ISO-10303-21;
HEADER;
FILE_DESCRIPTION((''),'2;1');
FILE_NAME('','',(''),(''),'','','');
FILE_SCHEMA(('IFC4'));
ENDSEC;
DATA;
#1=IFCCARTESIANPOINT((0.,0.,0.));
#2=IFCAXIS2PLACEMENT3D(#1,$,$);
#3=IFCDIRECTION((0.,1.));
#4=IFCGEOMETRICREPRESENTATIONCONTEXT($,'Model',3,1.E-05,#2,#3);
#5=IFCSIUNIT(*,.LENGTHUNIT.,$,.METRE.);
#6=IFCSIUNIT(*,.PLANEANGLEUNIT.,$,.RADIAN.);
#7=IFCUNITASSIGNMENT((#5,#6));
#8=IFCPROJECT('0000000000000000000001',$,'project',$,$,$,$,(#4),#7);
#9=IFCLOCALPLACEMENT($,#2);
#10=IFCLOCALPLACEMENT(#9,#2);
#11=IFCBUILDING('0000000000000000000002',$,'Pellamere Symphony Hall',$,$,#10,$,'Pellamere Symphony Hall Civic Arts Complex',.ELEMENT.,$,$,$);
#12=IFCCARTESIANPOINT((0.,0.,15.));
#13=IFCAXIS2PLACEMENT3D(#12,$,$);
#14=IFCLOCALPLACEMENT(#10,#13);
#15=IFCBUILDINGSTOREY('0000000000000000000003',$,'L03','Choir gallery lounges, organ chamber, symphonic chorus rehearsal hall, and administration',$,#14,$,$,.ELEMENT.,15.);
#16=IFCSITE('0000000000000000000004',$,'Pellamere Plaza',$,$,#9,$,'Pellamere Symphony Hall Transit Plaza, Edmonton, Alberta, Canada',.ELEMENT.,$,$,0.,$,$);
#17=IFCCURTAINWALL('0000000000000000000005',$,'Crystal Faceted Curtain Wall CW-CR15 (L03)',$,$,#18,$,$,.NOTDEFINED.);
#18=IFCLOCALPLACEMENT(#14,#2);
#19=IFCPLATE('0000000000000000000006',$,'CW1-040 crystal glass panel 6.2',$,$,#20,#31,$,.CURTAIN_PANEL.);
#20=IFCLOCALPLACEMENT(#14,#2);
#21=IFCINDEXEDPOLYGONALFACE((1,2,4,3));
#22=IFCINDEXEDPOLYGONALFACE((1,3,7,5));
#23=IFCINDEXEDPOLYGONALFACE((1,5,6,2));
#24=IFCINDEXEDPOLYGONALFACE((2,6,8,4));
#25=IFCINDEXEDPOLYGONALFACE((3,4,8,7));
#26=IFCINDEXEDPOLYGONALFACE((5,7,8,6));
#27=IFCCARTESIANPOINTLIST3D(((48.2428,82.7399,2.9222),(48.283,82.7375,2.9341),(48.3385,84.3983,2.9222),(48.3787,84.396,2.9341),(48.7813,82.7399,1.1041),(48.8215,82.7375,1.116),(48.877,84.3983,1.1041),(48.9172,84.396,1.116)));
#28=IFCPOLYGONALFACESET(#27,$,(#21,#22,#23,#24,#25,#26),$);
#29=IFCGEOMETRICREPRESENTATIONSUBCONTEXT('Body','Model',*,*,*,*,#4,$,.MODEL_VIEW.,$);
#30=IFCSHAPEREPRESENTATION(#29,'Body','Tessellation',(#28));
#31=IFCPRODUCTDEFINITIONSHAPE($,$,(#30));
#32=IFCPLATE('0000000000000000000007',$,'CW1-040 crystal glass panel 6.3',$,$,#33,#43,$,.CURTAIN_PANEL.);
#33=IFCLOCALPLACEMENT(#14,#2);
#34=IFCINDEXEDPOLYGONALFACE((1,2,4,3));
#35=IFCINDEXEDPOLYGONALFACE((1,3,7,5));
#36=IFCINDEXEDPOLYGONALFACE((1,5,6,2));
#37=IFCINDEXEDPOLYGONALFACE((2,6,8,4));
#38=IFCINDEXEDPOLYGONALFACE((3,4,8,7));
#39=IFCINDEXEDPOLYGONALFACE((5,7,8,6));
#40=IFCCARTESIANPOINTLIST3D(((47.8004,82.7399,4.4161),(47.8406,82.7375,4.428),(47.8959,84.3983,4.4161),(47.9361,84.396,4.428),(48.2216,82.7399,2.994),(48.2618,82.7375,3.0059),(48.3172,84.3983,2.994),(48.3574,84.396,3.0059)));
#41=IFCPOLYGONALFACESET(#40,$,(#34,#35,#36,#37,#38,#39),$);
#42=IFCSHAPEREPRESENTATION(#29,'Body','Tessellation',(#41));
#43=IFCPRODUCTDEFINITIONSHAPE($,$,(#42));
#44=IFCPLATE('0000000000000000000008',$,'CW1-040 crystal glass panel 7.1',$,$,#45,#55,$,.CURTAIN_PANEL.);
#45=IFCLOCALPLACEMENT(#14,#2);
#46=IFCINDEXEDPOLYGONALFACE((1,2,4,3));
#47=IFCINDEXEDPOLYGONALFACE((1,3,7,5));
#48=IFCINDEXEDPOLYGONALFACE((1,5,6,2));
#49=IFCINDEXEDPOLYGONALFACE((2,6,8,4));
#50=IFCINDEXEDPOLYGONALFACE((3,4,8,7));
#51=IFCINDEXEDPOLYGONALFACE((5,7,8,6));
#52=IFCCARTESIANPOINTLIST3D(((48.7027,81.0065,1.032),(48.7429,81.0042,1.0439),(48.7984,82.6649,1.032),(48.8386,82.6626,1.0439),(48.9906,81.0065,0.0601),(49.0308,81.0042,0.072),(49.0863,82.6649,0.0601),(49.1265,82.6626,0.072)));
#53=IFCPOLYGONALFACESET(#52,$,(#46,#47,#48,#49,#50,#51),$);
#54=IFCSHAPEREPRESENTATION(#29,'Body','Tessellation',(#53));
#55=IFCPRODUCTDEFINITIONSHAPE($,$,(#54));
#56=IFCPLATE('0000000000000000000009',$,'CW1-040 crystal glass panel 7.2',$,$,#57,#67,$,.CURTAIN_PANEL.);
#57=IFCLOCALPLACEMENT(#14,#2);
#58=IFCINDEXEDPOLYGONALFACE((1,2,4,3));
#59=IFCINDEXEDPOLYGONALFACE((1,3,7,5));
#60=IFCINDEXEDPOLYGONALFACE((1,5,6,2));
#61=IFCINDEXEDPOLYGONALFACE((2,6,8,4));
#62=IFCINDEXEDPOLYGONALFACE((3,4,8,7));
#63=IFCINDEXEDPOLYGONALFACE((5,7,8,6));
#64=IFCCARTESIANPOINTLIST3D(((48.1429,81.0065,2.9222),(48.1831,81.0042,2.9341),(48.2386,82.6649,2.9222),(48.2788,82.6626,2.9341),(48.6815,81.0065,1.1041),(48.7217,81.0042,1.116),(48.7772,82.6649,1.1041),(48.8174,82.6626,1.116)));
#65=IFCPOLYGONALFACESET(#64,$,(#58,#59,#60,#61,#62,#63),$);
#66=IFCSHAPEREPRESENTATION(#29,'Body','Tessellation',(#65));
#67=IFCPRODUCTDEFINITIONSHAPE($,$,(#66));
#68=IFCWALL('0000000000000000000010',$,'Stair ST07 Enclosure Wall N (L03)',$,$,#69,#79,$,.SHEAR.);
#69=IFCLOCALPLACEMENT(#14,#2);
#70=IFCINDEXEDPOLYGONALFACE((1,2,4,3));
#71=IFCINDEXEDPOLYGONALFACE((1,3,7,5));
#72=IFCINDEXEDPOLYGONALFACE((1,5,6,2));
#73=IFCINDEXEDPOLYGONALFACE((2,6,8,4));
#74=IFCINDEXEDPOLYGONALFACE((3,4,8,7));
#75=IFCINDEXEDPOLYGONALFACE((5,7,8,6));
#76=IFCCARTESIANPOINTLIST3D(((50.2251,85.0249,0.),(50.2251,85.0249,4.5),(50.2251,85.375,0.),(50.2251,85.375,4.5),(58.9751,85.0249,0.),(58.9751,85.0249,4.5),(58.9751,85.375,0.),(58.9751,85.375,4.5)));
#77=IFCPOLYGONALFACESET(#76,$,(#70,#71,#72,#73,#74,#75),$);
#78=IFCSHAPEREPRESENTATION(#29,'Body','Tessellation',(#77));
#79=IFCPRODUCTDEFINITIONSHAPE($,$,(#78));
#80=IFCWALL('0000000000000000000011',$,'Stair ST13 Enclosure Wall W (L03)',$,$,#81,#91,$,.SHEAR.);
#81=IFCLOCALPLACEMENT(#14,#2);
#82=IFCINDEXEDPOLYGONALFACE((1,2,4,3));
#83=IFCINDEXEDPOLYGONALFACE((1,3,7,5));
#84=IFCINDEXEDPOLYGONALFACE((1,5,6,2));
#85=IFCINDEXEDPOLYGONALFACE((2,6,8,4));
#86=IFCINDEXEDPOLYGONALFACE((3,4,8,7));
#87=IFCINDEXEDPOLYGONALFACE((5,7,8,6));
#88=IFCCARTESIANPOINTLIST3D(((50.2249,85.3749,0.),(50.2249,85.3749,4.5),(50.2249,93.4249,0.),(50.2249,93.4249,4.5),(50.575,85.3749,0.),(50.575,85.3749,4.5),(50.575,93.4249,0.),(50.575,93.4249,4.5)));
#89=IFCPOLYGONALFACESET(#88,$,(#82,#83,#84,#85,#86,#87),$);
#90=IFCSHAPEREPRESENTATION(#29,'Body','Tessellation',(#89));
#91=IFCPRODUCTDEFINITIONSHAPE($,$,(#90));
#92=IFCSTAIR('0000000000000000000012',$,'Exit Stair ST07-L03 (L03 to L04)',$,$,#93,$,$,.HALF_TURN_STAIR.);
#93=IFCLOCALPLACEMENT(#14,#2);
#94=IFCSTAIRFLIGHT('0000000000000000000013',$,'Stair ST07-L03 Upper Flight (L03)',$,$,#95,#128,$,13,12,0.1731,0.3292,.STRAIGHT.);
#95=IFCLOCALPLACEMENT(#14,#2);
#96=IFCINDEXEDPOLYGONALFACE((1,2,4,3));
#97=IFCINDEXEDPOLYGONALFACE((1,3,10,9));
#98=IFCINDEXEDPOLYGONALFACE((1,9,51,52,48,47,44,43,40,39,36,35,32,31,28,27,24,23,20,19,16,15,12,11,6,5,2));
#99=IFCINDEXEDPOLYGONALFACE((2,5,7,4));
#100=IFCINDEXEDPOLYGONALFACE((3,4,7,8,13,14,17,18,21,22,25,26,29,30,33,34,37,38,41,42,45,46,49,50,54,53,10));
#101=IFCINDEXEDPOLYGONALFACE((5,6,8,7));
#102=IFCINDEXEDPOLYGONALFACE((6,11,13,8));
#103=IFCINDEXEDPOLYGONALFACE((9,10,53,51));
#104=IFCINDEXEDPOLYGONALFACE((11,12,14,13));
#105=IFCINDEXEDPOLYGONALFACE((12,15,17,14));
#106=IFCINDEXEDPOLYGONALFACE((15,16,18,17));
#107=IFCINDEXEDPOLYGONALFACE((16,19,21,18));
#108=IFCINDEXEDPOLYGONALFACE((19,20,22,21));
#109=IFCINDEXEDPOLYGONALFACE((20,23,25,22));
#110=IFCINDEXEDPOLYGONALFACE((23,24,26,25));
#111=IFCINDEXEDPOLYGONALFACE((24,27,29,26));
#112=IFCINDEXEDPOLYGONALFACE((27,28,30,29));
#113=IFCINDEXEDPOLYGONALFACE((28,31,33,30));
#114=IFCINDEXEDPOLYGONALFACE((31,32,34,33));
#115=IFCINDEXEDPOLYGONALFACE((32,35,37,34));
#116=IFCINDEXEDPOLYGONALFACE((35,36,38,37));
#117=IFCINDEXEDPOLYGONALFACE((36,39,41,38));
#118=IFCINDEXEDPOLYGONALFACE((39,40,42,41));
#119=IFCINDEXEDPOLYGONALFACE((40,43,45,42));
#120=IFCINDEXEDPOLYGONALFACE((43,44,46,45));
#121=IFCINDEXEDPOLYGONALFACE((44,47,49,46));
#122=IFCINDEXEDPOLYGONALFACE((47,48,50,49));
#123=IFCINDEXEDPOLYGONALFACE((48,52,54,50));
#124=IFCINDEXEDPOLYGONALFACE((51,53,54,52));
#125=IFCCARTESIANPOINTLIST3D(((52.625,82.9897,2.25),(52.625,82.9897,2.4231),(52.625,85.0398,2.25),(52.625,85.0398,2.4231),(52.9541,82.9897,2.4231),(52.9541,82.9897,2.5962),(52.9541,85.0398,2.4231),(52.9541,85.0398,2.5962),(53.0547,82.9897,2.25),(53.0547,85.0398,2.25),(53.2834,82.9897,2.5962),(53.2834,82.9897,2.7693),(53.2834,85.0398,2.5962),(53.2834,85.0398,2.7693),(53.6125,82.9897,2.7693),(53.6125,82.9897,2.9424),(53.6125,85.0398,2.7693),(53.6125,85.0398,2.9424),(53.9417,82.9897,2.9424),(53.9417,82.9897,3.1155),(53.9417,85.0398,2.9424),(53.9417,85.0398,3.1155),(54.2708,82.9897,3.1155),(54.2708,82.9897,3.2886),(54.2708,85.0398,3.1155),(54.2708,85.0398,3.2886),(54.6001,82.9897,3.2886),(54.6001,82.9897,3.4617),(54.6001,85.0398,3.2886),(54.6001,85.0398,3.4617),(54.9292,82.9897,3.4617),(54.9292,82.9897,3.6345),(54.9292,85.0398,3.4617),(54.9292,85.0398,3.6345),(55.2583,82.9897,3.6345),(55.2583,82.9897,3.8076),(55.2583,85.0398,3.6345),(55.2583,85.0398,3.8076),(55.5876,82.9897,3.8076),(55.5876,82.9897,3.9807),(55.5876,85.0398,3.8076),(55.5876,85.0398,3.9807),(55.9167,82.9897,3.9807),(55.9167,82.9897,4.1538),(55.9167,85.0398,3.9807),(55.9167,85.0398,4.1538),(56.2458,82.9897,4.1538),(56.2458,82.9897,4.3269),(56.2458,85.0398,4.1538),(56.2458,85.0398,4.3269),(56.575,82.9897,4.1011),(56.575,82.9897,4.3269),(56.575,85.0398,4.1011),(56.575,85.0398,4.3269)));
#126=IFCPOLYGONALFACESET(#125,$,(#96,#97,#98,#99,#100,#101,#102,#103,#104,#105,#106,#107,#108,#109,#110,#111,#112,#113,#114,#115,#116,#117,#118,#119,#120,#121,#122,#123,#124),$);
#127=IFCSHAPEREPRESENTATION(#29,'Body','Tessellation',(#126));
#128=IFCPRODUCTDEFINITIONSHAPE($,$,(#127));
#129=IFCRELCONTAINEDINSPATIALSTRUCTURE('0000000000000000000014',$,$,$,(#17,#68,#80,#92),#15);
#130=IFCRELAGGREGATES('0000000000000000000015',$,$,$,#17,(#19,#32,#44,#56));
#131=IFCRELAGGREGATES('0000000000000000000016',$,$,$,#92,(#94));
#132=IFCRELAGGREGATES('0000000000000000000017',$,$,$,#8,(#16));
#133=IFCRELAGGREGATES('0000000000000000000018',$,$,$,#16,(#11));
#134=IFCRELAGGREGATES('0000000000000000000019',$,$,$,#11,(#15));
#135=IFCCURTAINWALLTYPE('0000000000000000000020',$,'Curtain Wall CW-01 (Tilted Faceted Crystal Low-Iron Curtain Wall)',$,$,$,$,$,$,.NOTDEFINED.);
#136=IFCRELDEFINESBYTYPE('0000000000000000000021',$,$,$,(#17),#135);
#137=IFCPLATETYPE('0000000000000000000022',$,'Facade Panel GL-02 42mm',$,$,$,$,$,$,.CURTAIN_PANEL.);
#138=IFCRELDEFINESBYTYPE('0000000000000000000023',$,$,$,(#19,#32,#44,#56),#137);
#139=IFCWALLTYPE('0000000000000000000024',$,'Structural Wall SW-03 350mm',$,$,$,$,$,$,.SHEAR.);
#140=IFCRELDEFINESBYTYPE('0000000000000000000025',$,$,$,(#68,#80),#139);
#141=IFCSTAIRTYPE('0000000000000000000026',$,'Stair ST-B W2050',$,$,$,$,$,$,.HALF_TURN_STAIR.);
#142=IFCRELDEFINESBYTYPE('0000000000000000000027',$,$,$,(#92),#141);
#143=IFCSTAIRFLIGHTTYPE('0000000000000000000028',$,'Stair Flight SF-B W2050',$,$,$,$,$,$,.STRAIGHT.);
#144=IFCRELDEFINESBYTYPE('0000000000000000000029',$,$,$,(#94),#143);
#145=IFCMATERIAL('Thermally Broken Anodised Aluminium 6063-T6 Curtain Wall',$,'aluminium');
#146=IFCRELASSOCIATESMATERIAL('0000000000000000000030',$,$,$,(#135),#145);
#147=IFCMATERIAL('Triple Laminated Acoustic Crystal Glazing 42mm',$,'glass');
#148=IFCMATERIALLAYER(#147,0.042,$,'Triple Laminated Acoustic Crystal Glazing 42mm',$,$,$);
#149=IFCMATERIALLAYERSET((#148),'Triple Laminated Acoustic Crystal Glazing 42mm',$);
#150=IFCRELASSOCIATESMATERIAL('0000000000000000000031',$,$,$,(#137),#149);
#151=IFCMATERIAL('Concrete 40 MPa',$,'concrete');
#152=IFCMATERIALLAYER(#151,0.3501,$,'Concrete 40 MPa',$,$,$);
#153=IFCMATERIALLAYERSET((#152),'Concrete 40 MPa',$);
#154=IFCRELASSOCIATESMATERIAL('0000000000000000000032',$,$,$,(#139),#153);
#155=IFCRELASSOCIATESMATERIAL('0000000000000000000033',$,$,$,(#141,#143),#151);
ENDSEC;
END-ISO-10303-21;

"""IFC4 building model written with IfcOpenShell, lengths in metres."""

from ifc_helpers import new_model, si_unit, direction, frame, frame_2d, origin, place, context, subcontext, project, spatial, polyline, rectangle, outline, extrude, material, layer, layer_set, type_object, element, aggregate, save


model = new_model("IFC4")

# Units and contexts
model_context = context("Model", 3, precision=1e-05, world=origin(), true_north=direction((0.0, 1.0)))
body_context = subcontext(model_context, "Body", "Model", "MODEL_VIEW")
ifc_project = project(units=[si_unit("LENGTHUNIT", "METRE"), si_unit("PLANEANGLEUNIT", "RADIAN")], contexts=[model_context])

# Site, building, storey
site_placement = place(None, origin())
site = spatial("IfcSite", under=ifc_project, at=site_placement, Name="Pellamere Plaza", LongName="Pellamere Symphony Hall Transit Plaza, Edmonton, Alberta, Canada", CompositionType="ELEMENT", RefElevation=0.0)
building_placement = place(site_placement, origin())
building = spatial("IfcBuilding", under=site, at=building_placement, Name="Pellamere Symphony Hall", LongName="Pellamere Symphony Hall Civic Arts Complex", CompositionType="ELEMENT")
storey_placement = place(building_placement, frame((0.0, 0.0, 15.0)))
storey = spatial("IfcBuildingStorey", under=building, at=storey_placement, Name="L03", Description="Choir gallery lounges, organ chamber, symphonic chorus rehearsal hall, and administration", CompositionType="ELEMENT", Elevation=15.0)

# Shared definitions
ifc_material_1 = material(Name="Concrete 40 MPa", Category="concrete")

# Curtain wall, plates
ifc_material_2 = material(Name="Thermally Broken Anodised Aluminium 6063-T6 Curtain Wall", Category="aluminium")
curtain_wall_type = type_object("IfcCurtainWallType", Name="Curtain Wall CW-01 (Tilted Faceted Crystal Low-Iron Curtain Wall)", PredefinedType="NOTDEFINED", material=ifc_material_2)
curtain_wall_placement = place(storey_placement, origin())
curtain_wall = element("IfcCurtainWall", 1, at=curtain_wall_placement, inside=storey, type_object=curtain_wall_type, Name="Crystal Faceted Curtain Wall CW-CR15 (L03)", PredefinedType="NOTDEFINED")
ifc_material_3 = material(Name="Triple Laminated Acoustic Crystal Glazing 42mm", Category="glass")
ifc_layer_1 = layer(ifc_material_3, 0.042, Name="Triple Laminated Acoustic Crystal Glazing 42mm")
ifc_layer_set_1 = layer_set([ifc_layer_1], Name="Triple Laminated Acoustic Crystal Glazing 42mm")
plate_type = type_object("IfcPlateType", Name="Facade Panel GL-02 42mm", PredefinedType="CURTAIN_PANEL", material=ifc_layer_set_1)
plate_1_placement = place(storey_placement, frame((48.9172, 84.396, 1.116), z_axis=(0.957352, -0.055245, 0.283593), x_axis=(-0.057611, -0.998339, 0.0)))
plate_1 = element("IfcPlate", 2, at=plate_1_placement, type_object=plate_type, Name="CW1-040 crystal glass panel 6.2", PredefinedType="CURTAIN_PANEL", context=body_context, shape_type="SweptSolid", body=[
    extrude(outline(polyline([(0.0, 0.0), (1.6612, 0.0), (1.6922, -1.896), (0.031, -1.896), (0.0, 0.0)])), origin(), (0.0, 0.0, -1.0), 0.042),
])
plate_2_placement = place(storey_placement, frame((48.3574, 84.396, 3.0059), z_axis=(0.957357, -0.055175, 0.283591), x_axis=(-0.057543, -0.998343, 0.00002)))
plate_2 = element("IfcPlate", 3, at=plate_2_placement, type_object=plate_type, Name="CW1-040 crystal glass panel 6.3", PredefinedType="CURTAIN_PANEL", context=body_context, shape_type="SweptSolid", body=[
    extrude(outline(polyline([(0.0, 0.0), (1.6612, 0.0), (1.6855, -1.483), (0.0243, -1.483), (0.0, 0.0)])), origin(), (0.0, 0.0, -1.0), 0.042),
])
plate_3_placement = place(storey_placement, frame((49.1265, 82.6626, 0.072), z_axis=(0.95737, -0.055246, 0.283532), x_axis=(-0.057611, -0.998339, 0.0)))
plate_3 = element("IfcPlate", 4, at=plate_3_placement, type_object=plate_type, Name="CW1-040 crystal glass panel 7.1", PredefinedType="CURTAIN_PANEL", context=body_context, shape_type="SweptSolid", body=[
    extrude(outline(polyline([(0.0, 0.0), (1.6612, 0.0), (1.6778, -1.0135), (0.0166, -1.0135), (0.0, 0.0)])), origin(), (0.0, 0.0, -1.0), 0.042),
])
plate_4_placement = place(storey_placement, frame((48.8174, 82.6626, 1.116), z_axis=(0.957352, -0.055245, 0.283593), x_axis=(-0.057611, -0.998339, 0.0)))
plate_4 = element("IfcPlate", 5, at=plate_4_placement, type_object=plate_type, Name="CW1-040 crystal glass panel 7.2", PredefinedType="CURTAIN_PANEL", context=body_context, shape_type="SweptSolid", body=[
    extrude(outline(polyline([(0.0, 0.0), (1.6612, 0.0), (1.6922, -1.896), (0.031, -1.896), (0.0, 0.0)])), origin(), (0.0, 0.0, -1.0), 0.042),
])
aggregate(curtain_wall, [plate_1, plate_2, plate_3, plate_4])

# Walls
ifc_layer_2 = layer(ifc_material_1, 0.3501, Name="Concrete 40 MPa")
ifc_layer_set_2 = layer_set([ifc_layer_2], Name="Concrete 40 MPa")
wall_type = type_object("IfcWallType", Name="Structural Wall SW-03 350mm", PredefinedType="SHEAR", material=ifc_layer_set_2)
wall_1_placement = place(storey_placement, frame((50.2251, 85.2, 0.0), z_axis=(0.0, 0.0, 1.0), x_axis=(1.0, 0.0, 0.0)))
element("IfcWall", 6, at=wall_1_placement, inside=storey, type_object=wall_type, Name="Stair ST07 Enclosure Wall N (L03)", PredefinedType="SHEAR", context=body_context, shape_type="SweptSolid", body=[
    extrude(rectangle(XDim=8.75, YDim=0.3501, at=frame_2d((4.375, 0.0))), origin(), (0.0, 0.0, 1.0), 4.5),
])
wall_2_placement = place(storey_placement, frame((50.3999, 85.375, 0.0), z_axis=(0.0, 0.0, 1.0), x_axis=(0.0, 1.0, 0.0)))
element("IfcWall", 7, at=wall_2_placement, inside=storey, type_object=wall_type, Name="Stair ST13 Enclosure Wall W (L03)", PredefinedType="SHEAR", context=body_context, shape_type="SweptSolid", body=[
    extrude(rectangle(XDim=8.05, YDim=0.3501, at=frame_2d((4.0249, 0.0))), origin(), (0.0, 0.0, 1.0), 4.5),
])

# Stair, stair flight
stair_type = type_object("IfcStairType", Name="Stair ST-B W2050", PredefinedType="HALF_TURN_STAIR", material=ifc_material_1)
stair_placement = place(storey_placement, origin())
stair = element("IfcStair", 8, at=stair_placement, inside=storey, type_object=stair_type, Name="Exit Stair ST07-L03 (L03 to L04)", PredefinedType="HALF_TURN_STAIR")
stair_flight_type = type_object("IfcStairFlightType", Name="Stair Flight SF-B W2050", PredefinedType="STRAIGHT", material=ifc_material_1)
stair_flight_placement = place(storey_placement, frame((52.625, 84.0149, 2.25), z_axis=(0.0, 0.0, 1.0), x_axis=(1.0, 0.0, 0.0)))
stair_flight = element("IfcStairFlight", 9, at=stair_flight_placement, type_object=stair_flight_type, Name="Stair ST07-L03 Upper Flight (L03)", NumberOfRisers=13, NumberOfTreads=12, PredefinedType="STRAIGHT", RiserHeight=0.1731, TreadLength=0.3292, context=body_context, shape_type="SweptSolid", body=[
    extrude(outline(polyline([(0.0, 0.0), (0.0, 0.1731), (0.3291, 0.1731), (0.3291, 0.3462), (0.6584, 0.3462), (0.6584, 0.5193), (0.9875, 0.5193), (0.9875, 0.6924), (1.3167, 0.6924), (1.3167, 0.8655), (1.6458, 0.8655), (1.6458, 1.0386), (1.9751, 1.0386), (1.9751, 1.2117), (2.3042, 1.2117), (2.3042, 1.3845), (2.6333, 1.3845), (2.6333, 1.5576), (2.9626, 1.5576), (2.9626, 1.7307), (3.2917, 1.7307), (3.2917, 1.9038), (3.6208, 1.9038), (3.6208, 2.0769), (3.95, 2.0769), (3.95, 2.25), (3.95, 1.8511), (0.4297, 0.0), (0.0, 0.0)])), frame((0.0, 1.0249, 0.0), z_axis=(0.0, -1.0, 0.0), x_axis=(1.0, 0.0, 0.0)), (0.0, 0.0, 1.0), 2.05),
])
aggregate(stair, [stair_flight])

save(model, "model.ifc")
